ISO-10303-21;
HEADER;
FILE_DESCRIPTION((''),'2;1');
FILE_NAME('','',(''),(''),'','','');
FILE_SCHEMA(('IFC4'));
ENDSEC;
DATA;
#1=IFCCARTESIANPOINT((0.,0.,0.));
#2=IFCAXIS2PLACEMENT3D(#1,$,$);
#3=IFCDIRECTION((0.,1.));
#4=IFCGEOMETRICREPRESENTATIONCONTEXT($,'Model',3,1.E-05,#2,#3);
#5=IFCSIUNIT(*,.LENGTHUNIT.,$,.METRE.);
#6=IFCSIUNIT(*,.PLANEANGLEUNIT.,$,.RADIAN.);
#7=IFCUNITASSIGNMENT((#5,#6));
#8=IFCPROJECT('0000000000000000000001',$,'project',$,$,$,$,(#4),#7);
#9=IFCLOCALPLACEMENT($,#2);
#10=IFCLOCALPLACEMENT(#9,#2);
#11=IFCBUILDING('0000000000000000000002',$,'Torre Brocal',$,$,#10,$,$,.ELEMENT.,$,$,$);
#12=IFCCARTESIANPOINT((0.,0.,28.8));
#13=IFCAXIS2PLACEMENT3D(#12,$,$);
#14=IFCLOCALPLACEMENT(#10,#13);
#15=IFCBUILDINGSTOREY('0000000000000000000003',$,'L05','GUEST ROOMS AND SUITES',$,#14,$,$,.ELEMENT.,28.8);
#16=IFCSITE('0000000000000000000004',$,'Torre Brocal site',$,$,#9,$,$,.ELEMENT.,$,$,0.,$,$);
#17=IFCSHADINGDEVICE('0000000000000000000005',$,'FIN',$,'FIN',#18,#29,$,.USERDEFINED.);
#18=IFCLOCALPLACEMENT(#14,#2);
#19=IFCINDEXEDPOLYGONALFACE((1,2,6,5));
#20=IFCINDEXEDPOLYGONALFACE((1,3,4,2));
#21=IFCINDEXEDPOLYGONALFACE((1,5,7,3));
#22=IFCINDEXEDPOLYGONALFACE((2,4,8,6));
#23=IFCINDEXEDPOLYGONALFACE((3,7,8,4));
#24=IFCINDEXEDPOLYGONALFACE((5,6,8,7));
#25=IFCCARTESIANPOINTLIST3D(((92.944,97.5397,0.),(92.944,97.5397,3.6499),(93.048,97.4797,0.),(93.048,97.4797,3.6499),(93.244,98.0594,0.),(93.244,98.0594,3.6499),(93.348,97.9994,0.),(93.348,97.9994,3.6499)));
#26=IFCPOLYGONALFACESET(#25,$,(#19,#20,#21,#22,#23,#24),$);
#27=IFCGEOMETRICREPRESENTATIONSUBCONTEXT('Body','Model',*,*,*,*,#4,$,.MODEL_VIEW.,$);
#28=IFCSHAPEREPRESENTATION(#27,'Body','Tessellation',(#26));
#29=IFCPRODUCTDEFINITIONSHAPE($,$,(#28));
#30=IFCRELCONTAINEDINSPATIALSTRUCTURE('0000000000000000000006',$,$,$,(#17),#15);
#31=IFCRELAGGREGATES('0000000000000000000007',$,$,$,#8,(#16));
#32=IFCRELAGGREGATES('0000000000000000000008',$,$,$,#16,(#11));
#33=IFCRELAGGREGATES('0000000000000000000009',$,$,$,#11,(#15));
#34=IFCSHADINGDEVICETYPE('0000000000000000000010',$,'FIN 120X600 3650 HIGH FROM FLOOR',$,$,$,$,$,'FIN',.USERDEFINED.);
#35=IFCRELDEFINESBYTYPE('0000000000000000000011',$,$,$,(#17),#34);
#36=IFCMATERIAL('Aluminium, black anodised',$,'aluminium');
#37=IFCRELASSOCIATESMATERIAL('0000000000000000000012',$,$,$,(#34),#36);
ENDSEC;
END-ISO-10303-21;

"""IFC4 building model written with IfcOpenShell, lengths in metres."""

from ifc_helpers import new_model, si_unit, direction, frame, origin, origin_2d, place, context, subcontext, project, spatial, rectangle, extrude, material, material_profile, profile_set, type_object, element, save


model = new_model("IFC4")

# Units and contexts
model_context = context("Model", 3, precision=1e-05, world=origin(), true_north=direction((0.0, 1.0)))
body_context = subcontext(model_context, "Body", "Model", "MODEL_VIEW")
ifc_project = project(units=[si_unit("LENGTHUNIT", "METRE"), si_unit("PLANEANGLEUNIT", "RADIAN")], contexts=[model_context])

# Site, building, storey
site_placement = place(None, origin())
site = spatial("IfcSite", under=ifc_project, at=site_placement, Name="Torre Brocal site", CompositionType="ELEMENT", RefElevation=0.0)
building_placement = place(site_placement, origin())
building = spatial("IfcBuilding", under=site, at=building_placement, Name="Torre Brocal", CompositionType="ELEMENT")
storey_placement = place(building_placement, frame((0.0, 0.0, 28.8)))
storey = spatial("IfcBuildingStorey", under=building, at=storey_placement, Name="L05", Description="GUEST ROOMS AND SUITES", CompositionType="ELEMENT", Elevation=28.8)

# Shading device
ifc_material_1 = material(Name="Aluminium, black anodised", Category="aluminium")
ifc_material_profile_1 = material_profile(ifc_material_1, rectangle(XDim=0.1201, YDim=0.6001, at=origin_2d()), Name="FIN 120X600 3650 HIGH FROM FLOOR")
ifc_profile_set_1 = profile_set([ifc_material_profile_1], Name="Aluminium, black anodised")
shading_device_type = type_object("IfcShadingDeviceType", Name="FIN 120X600 3650 HIGH FROM FLOOR", ElementType="FIN", PredefinedType="USERDEFINED", material=ifc_profile_set_1)
for number, where, z_axis, x_axis, name in (
    (1, (93.146, 97.7695, 0.0), (0.0, 0.0, 1.0), (-0.866025, 0.5, 0.0), "FIN"),
):
    element("IfcShadingDevice", number, at=place(storey_placement, frame(where, z_axis=z_axis, x_axis=x_axis)), inside=storey, type_object=shading_device_type, Name=name, ObjectType="FIN", PredefinedType="USERDEFINED", context=body_context, shape_type="SweptSolid", body=[
        extrude(rectangle(XDim=0.1201, YDim=0.6001, at=origin_2d()), origin(), (0.0, 0.0, 1.0), 3.6499),
    ])

save(model, "model.ifc")
